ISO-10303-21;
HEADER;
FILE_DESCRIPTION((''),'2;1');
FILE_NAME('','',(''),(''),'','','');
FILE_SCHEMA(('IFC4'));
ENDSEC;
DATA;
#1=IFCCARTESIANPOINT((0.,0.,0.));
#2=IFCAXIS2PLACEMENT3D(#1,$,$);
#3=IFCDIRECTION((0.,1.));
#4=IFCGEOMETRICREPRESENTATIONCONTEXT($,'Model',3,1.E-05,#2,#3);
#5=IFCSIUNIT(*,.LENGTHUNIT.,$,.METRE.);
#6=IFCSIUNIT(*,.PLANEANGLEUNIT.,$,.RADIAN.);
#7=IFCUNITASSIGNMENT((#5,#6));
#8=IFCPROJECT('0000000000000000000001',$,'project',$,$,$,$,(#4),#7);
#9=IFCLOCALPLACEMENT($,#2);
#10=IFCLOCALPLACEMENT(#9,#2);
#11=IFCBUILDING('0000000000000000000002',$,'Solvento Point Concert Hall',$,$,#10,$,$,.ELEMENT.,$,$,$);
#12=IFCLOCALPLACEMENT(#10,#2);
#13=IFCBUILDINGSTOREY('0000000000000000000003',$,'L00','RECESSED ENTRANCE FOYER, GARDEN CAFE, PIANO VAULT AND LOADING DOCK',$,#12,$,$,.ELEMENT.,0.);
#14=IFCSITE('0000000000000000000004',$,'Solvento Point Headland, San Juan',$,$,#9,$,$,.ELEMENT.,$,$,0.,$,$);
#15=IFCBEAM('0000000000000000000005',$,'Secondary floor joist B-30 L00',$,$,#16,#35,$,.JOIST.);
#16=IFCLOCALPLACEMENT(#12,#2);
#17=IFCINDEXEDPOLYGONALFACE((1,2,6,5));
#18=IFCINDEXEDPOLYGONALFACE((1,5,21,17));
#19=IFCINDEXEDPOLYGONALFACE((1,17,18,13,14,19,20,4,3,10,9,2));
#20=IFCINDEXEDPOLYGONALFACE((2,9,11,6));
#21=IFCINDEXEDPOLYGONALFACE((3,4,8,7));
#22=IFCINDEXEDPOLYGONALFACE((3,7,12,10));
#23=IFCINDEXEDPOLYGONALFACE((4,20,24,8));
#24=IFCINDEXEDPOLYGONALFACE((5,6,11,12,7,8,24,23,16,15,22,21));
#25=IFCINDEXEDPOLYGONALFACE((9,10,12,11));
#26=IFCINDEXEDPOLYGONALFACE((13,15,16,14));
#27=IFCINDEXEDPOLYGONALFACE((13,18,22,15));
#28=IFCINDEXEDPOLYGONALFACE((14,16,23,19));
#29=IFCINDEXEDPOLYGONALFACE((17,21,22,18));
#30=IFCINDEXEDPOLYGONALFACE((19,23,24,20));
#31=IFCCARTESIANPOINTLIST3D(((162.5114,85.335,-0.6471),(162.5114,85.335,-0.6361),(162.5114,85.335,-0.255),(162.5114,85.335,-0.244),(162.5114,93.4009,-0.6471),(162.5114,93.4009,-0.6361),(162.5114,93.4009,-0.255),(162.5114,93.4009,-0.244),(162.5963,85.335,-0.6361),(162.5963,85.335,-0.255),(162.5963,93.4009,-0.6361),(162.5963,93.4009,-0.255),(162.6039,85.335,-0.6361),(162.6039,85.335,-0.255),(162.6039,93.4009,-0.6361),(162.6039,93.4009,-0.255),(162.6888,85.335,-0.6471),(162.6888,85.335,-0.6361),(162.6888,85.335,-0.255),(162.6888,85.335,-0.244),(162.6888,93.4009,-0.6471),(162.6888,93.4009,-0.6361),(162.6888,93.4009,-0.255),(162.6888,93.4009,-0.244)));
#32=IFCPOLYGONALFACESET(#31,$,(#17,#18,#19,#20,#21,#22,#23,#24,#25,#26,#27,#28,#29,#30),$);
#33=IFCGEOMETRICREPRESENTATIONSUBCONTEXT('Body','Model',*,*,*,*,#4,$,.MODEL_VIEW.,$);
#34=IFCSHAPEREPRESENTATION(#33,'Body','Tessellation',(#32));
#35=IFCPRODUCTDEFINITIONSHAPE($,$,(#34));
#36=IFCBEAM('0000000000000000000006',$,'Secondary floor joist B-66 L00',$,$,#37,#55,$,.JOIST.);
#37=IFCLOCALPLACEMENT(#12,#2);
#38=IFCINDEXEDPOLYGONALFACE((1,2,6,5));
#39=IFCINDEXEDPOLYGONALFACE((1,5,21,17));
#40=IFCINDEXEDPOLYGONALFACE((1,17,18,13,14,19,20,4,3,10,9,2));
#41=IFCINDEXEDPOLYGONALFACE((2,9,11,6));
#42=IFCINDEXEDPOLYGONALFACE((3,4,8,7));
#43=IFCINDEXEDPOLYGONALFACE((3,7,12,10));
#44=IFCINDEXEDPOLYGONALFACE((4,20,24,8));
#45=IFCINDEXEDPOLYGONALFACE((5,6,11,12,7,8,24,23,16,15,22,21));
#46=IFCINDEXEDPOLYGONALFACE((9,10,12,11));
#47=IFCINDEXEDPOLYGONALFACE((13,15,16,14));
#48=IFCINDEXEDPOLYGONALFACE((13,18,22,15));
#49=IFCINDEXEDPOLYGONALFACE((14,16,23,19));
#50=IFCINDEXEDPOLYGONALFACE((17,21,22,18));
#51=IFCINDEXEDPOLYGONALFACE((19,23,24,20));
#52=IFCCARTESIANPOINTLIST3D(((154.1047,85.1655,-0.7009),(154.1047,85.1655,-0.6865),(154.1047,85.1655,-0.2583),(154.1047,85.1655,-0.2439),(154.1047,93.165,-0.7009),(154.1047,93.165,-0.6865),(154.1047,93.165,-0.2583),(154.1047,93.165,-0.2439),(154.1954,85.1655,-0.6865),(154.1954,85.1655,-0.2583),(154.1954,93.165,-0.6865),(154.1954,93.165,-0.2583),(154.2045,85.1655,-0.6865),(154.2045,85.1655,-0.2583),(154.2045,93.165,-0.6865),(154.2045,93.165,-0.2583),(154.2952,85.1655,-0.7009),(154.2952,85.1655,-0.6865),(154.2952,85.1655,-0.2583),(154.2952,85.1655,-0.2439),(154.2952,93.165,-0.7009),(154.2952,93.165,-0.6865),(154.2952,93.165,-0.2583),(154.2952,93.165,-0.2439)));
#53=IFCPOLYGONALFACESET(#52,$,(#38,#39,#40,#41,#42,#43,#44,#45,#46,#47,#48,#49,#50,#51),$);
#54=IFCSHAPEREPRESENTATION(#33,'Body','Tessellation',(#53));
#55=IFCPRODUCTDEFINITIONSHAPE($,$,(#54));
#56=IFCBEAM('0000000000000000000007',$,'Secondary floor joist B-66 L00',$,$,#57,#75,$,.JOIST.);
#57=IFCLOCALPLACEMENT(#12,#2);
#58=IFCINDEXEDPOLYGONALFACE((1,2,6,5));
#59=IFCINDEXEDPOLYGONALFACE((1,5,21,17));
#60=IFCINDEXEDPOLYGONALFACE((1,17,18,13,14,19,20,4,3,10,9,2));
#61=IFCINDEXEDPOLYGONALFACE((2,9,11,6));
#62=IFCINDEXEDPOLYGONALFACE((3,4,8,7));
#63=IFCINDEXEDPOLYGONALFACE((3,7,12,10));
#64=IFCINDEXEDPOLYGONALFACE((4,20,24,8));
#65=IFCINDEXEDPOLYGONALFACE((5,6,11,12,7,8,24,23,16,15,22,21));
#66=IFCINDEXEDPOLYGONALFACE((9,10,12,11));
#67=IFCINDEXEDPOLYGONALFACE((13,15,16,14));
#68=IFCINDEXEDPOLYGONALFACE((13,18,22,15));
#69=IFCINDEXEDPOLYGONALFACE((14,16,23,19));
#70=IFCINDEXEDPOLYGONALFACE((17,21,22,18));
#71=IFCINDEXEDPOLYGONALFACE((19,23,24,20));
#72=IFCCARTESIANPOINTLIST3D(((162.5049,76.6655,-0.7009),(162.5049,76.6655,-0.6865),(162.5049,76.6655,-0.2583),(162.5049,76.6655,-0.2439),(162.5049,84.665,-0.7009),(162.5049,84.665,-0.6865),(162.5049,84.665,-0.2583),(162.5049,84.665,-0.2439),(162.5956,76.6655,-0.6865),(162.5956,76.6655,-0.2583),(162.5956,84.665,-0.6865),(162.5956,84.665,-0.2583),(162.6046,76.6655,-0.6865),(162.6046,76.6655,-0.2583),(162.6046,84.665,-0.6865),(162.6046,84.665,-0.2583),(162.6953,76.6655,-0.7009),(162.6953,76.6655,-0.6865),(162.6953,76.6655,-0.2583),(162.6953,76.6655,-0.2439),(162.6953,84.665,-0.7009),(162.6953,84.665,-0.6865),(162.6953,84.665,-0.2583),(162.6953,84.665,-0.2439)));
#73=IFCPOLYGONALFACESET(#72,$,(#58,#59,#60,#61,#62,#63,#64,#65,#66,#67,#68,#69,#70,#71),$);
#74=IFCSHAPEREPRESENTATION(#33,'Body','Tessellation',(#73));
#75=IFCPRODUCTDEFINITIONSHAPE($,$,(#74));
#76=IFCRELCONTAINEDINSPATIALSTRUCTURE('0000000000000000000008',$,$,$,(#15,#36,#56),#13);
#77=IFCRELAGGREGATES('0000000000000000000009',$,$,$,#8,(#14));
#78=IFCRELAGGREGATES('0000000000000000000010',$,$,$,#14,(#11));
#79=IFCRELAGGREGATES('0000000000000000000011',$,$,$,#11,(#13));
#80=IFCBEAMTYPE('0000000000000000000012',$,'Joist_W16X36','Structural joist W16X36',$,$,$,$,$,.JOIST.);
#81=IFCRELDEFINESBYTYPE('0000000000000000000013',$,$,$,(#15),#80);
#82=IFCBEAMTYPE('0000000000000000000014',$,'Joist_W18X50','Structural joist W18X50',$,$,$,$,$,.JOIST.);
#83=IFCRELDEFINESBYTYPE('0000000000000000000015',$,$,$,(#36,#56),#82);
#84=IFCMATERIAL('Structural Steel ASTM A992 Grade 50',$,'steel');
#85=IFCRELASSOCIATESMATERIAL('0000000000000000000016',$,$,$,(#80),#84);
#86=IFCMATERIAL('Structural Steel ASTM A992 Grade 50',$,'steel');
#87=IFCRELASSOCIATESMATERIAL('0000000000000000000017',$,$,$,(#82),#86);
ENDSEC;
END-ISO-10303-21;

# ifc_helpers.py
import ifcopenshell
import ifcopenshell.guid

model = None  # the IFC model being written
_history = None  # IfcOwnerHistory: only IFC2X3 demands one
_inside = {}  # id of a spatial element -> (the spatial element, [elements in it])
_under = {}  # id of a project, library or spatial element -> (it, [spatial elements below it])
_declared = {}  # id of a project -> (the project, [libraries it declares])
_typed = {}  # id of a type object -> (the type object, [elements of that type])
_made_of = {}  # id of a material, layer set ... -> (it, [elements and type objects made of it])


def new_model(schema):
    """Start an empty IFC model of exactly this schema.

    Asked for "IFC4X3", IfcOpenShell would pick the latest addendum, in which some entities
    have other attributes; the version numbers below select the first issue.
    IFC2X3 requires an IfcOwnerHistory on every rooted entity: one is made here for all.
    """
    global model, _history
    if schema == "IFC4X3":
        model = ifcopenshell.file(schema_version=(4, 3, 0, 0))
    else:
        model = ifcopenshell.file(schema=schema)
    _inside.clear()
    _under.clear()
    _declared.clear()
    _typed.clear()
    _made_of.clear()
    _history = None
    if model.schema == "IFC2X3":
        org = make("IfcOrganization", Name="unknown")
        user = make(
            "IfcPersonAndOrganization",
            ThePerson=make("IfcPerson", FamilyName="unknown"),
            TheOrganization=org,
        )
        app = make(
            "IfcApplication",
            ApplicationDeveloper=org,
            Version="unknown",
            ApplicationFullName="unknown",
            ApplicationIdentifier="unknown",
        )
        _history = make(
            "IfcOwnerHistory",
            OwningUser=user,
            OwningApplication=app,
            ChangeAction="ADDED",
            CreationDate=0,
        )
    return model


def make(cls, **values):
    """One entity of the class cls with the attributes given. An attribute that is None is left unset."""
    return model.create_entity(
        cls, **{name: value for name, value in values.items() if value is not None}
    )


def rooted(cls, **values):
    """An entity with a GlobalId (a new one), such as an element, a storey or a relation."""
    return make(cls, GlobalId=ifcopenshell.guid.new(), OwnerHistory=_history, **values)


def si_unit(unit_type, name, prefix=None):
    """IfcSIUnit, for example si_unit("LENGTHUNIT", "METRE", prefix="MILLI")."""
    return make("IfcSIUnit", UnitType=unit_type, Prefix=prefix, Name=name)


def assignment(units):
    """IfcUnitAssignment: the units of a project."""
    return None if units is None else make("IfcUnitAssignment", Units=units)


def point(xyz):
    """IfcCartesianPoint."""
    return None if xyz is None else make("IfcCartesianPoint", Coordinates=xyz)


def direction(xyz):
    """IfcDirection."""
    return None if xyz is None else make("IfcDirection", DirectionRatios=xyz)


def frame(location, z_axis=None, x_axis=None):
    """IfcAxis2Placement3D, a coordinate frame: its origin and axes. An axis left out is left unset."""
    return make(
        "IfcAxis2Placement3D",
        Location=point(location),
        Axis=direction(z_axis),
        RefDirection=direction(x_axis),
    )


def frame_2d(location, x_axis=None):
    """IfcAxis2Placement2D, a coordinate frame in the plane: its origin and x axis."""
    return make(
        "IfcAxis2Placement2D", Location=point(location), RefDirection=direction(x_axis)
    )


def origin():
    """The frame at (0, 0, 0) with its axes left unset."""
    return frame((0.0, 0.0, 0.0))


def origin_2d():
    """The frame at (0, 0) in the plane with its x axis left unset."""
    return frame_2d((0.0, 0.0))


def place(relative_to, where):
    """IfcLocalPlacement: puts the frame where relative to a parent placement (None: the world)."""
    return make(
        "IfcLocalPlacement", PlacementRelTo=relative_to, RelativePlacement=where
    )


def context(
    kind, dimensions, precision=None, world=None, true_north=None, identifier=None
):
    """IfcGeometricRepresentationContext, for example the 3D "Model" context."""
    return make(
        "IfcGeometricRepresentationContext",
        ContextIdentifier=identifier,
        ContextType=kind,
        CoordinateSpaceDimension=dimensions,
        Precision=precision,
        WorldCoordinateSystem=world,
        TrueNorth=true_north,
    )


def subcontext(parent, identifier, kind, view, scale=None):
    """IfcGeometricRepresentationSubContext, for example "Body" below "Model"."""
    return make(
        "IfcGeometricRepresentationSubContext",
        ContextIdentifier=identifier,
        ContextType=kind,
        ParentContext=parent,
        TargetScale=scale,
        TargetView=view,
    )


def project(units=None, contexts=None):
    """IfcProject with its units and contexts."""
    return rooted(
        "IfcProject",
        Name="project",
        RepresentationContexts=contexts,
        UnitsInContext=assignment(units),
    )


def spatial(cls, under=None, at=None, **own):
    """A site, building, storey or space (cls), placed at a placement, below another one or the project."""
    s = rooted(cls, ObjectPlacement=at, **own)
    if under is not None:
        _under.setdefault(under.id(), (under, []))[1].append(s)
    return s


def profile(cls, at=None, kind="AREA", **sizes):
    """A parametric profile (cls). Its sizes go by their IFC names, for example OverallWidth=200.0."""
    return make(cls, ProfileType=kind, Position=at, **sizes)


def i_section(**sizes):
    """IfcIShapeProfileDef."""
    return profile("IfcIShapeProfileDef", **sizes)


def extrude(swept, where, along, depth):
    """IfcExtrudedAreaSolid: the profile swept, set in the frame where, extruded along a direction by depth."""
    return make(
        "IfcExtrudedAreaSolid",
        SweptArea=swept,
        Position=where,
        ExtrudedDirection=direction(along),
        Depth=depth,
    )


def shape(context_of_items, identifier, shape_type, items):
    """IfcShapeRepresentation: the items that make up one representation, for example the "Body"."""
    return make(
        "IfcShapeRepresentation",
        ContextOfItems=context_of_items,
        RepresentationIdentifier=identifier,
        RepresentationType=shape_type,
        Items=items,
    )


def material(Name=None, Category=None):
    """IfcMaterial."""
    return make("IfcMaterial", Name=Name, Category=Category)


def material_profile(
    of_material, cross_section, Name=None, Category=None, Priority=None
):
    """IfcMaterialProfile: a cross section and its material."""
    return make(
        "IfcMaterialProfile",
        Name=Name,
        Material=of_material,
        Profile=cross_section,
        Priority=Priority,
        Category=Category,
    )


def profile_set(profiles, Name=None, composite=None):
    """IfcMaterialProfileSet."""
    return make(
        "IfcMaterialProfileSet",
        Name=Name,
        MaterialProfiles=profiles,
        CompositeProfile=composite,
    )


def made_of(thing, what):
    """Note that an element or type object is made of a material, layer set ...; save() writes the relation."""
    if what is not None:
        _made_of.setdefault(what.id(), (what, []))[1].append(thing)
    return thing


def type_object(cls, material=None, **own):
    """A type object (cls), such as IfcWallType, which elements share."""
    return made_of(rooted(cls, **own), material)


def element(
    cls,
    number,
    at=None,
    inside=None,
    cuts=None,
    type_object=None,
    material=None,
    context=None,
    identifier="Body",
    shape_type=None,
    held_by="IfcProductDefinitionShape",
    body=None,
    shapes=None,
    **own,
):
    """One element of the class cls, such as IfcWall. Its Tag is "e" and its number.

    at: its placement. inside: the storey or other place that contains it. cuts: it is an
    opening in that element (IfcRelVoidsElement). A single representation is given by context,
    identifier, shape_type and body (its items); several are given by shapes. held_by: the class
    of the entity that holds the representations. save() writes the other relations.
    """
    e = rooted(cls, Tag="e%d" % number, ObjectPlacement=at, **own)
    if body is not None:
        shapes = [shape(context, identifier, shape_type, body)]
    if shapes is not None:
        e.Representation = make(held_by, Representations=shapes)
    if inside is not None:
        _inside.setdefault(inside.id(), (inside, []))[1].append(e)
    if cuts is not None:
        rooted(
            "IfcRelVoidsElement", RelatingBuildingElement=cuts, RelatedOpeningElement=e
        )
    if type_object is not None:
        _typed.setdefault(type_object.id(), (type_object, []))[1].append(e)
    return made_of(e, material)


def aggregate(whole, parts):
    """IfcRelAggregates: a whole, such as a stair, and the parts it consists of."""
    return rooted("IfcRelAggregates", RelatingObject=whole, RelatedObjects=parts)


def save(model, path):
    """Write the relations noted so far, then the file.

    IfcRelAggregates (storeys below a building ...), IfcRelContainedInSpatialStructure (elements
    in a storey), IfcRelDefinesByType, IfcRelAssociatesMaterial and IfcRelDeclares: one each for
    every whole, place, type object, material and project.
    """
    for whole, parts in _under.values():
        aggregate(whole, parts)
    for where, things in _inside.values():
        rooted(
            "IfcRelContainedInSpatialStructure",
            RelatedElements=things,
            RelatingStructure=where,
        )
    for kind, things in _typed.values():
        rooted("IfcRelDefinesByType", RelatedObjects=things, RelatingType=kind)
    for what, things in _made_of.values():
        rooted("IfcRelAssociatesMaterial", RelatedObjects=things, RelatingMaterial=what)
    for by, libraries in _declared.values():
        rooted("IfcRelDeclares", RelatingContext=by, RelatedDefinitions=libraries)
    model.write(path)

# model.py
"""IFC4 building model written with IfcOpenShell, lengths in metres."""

from ifc_helpers import new_model, si_unit, direction, frame, origin, origin_2d, place, context, subcontext, project, spatial, i_section, extrude, material, material_profile, profile_set, type_object, element, save


model = new_model("IFC4")

# Units and contexts
model_context = context("Model", 3, precision=1e-05, world=origin(), true_north=direction((0.0, 1.0)))
body_context = subcontext(model_context, "Body", "Model", "MODEL_VIEW")
ifc_project = project(units=[si_unit("LENGTHUNIT", "METRE"), si_unit("PLANEANGLEUNIT", "RADIAN")], contexts=[model_context])

# Site, building, storey
site_placement = place(None, origin())
site = spatial("IfcSite", under=ifc_project, at=site_placement, Name="Solvento Point Headland, San Juan", CompositionType="ELEMENT", RefElevation=0.0)
building_placement = place(site_placement, origin())
building = spatial("IfcBuilding", under=site, at=building_placement, Name="Solvento Point Concert Hall", CompositionType="ELEMENT")
storey_placement = place(building_placement, origin())
storey = spatial("IfcBuildingStorey", under=building, at=storey_placement, Name="L00", Description="RECESSED ENTRANCE FOYER, GARDEN CAFE, PIANO VAULT AND LOADING DOCK", CompositionType="ELEMENT", Elevation=0.0)

# Beams
ifc_material_1 = material(Name="Structural Steel ASTM A992 Grade 50", Category="steel")
ifc_material_profile_1 = material_profile(ifc_material_1, i_section(OverallWidth=0.1775, OverallDepth=0.4031, WebThickness=0.0076, FlangeThickness=0.011, at=origin_2d()), Name="W16X36")
ifc_profile_set_1 = profile_set([ifc_material_profile_1], Name="Structural Steel ASTM A992 Grade 50")
beam_type_1 = type_object("IfcBeamType", Name="Joist_W16X36", Description="Structural joist W16X36", PredefinedType="JOIST", material=ifc_profile_set_1)
beam_1_placement = place(storey_placement, frame((162.6001, 85.335, -0.4456), z_axis=(0.0, 1.0, 0.0), x_axis=(-1.0, 0.0, 0.0)))
element("IfcBeam", 1, at=beam_1_placement, inside=storey, type_object=beam_type_1, Name="Secondary floor joist B-30 L00", PredefinedType="JOIST", context=body_context, shape_type="SweptSolid", body=[
    extrude(i_section(OverallWidth=0.1775, OverallDepth=0.4031, WebThickness=0.0076, FlangeThickness=0.011, at=origin_2d()), origin(), (0.0, 0.0, 1.0), 8.0659),
])
ifc_material_2 = material(Name="Structural Steel ASTM A992 Grade 50", Category="steel")
ifc_material_profile_2 = material_profile(ifc_material_2, i_section(OverallWidth=0.1904, OverallDepth=0.457, WebThickness=0.009, FlangeThickness=0.0144, at=origin_2d()), Name="W18X50")
ifc_profile_set_2 = profile_set([ifc_material_profile_2], Name="Structural Steel ASTM A992 Grade 50")
beam_type_2 = type_object("IfcBeamType", Name="Joist_W18X50", Description="Structural joist W18X50", PredefinedType="JOIST", material=ifc_profile_set_2)
for number, where, z_axis, x_axis, name in (
    (2, (154.2, 85.1655, -0.4724), (0.0, 1.0, 0.0), (-1.0, 0.0, 0.0), "Secondary floor joist B-66 L00"),
    (3, (162.6001, 76.6655, -0.4724), (0.0, 1.0, 0.0), (-1.0, 0.0, 0.0), "Secondary floor joist B-66 L00"),
):
    element("IfcBeam", number, at=place(storey_placement, frame(where, z_axis=z_axis, x_axis=x_axis)), inside=storey, type_object=beam_type_2, Name=name, PredefinedType="JOIST", context=body_context, shape_type="SweptSolid", body=[
        extrude(i_section(OverallWidth=0.1904, OverallDepth=0.457, WebThickness=0.009, FlangeThickness=0.0144, at=origin_2d()), origin(), (0.0, 0.0, 1.0), 7.9995),
    ])

save(model, "model.ifc")
